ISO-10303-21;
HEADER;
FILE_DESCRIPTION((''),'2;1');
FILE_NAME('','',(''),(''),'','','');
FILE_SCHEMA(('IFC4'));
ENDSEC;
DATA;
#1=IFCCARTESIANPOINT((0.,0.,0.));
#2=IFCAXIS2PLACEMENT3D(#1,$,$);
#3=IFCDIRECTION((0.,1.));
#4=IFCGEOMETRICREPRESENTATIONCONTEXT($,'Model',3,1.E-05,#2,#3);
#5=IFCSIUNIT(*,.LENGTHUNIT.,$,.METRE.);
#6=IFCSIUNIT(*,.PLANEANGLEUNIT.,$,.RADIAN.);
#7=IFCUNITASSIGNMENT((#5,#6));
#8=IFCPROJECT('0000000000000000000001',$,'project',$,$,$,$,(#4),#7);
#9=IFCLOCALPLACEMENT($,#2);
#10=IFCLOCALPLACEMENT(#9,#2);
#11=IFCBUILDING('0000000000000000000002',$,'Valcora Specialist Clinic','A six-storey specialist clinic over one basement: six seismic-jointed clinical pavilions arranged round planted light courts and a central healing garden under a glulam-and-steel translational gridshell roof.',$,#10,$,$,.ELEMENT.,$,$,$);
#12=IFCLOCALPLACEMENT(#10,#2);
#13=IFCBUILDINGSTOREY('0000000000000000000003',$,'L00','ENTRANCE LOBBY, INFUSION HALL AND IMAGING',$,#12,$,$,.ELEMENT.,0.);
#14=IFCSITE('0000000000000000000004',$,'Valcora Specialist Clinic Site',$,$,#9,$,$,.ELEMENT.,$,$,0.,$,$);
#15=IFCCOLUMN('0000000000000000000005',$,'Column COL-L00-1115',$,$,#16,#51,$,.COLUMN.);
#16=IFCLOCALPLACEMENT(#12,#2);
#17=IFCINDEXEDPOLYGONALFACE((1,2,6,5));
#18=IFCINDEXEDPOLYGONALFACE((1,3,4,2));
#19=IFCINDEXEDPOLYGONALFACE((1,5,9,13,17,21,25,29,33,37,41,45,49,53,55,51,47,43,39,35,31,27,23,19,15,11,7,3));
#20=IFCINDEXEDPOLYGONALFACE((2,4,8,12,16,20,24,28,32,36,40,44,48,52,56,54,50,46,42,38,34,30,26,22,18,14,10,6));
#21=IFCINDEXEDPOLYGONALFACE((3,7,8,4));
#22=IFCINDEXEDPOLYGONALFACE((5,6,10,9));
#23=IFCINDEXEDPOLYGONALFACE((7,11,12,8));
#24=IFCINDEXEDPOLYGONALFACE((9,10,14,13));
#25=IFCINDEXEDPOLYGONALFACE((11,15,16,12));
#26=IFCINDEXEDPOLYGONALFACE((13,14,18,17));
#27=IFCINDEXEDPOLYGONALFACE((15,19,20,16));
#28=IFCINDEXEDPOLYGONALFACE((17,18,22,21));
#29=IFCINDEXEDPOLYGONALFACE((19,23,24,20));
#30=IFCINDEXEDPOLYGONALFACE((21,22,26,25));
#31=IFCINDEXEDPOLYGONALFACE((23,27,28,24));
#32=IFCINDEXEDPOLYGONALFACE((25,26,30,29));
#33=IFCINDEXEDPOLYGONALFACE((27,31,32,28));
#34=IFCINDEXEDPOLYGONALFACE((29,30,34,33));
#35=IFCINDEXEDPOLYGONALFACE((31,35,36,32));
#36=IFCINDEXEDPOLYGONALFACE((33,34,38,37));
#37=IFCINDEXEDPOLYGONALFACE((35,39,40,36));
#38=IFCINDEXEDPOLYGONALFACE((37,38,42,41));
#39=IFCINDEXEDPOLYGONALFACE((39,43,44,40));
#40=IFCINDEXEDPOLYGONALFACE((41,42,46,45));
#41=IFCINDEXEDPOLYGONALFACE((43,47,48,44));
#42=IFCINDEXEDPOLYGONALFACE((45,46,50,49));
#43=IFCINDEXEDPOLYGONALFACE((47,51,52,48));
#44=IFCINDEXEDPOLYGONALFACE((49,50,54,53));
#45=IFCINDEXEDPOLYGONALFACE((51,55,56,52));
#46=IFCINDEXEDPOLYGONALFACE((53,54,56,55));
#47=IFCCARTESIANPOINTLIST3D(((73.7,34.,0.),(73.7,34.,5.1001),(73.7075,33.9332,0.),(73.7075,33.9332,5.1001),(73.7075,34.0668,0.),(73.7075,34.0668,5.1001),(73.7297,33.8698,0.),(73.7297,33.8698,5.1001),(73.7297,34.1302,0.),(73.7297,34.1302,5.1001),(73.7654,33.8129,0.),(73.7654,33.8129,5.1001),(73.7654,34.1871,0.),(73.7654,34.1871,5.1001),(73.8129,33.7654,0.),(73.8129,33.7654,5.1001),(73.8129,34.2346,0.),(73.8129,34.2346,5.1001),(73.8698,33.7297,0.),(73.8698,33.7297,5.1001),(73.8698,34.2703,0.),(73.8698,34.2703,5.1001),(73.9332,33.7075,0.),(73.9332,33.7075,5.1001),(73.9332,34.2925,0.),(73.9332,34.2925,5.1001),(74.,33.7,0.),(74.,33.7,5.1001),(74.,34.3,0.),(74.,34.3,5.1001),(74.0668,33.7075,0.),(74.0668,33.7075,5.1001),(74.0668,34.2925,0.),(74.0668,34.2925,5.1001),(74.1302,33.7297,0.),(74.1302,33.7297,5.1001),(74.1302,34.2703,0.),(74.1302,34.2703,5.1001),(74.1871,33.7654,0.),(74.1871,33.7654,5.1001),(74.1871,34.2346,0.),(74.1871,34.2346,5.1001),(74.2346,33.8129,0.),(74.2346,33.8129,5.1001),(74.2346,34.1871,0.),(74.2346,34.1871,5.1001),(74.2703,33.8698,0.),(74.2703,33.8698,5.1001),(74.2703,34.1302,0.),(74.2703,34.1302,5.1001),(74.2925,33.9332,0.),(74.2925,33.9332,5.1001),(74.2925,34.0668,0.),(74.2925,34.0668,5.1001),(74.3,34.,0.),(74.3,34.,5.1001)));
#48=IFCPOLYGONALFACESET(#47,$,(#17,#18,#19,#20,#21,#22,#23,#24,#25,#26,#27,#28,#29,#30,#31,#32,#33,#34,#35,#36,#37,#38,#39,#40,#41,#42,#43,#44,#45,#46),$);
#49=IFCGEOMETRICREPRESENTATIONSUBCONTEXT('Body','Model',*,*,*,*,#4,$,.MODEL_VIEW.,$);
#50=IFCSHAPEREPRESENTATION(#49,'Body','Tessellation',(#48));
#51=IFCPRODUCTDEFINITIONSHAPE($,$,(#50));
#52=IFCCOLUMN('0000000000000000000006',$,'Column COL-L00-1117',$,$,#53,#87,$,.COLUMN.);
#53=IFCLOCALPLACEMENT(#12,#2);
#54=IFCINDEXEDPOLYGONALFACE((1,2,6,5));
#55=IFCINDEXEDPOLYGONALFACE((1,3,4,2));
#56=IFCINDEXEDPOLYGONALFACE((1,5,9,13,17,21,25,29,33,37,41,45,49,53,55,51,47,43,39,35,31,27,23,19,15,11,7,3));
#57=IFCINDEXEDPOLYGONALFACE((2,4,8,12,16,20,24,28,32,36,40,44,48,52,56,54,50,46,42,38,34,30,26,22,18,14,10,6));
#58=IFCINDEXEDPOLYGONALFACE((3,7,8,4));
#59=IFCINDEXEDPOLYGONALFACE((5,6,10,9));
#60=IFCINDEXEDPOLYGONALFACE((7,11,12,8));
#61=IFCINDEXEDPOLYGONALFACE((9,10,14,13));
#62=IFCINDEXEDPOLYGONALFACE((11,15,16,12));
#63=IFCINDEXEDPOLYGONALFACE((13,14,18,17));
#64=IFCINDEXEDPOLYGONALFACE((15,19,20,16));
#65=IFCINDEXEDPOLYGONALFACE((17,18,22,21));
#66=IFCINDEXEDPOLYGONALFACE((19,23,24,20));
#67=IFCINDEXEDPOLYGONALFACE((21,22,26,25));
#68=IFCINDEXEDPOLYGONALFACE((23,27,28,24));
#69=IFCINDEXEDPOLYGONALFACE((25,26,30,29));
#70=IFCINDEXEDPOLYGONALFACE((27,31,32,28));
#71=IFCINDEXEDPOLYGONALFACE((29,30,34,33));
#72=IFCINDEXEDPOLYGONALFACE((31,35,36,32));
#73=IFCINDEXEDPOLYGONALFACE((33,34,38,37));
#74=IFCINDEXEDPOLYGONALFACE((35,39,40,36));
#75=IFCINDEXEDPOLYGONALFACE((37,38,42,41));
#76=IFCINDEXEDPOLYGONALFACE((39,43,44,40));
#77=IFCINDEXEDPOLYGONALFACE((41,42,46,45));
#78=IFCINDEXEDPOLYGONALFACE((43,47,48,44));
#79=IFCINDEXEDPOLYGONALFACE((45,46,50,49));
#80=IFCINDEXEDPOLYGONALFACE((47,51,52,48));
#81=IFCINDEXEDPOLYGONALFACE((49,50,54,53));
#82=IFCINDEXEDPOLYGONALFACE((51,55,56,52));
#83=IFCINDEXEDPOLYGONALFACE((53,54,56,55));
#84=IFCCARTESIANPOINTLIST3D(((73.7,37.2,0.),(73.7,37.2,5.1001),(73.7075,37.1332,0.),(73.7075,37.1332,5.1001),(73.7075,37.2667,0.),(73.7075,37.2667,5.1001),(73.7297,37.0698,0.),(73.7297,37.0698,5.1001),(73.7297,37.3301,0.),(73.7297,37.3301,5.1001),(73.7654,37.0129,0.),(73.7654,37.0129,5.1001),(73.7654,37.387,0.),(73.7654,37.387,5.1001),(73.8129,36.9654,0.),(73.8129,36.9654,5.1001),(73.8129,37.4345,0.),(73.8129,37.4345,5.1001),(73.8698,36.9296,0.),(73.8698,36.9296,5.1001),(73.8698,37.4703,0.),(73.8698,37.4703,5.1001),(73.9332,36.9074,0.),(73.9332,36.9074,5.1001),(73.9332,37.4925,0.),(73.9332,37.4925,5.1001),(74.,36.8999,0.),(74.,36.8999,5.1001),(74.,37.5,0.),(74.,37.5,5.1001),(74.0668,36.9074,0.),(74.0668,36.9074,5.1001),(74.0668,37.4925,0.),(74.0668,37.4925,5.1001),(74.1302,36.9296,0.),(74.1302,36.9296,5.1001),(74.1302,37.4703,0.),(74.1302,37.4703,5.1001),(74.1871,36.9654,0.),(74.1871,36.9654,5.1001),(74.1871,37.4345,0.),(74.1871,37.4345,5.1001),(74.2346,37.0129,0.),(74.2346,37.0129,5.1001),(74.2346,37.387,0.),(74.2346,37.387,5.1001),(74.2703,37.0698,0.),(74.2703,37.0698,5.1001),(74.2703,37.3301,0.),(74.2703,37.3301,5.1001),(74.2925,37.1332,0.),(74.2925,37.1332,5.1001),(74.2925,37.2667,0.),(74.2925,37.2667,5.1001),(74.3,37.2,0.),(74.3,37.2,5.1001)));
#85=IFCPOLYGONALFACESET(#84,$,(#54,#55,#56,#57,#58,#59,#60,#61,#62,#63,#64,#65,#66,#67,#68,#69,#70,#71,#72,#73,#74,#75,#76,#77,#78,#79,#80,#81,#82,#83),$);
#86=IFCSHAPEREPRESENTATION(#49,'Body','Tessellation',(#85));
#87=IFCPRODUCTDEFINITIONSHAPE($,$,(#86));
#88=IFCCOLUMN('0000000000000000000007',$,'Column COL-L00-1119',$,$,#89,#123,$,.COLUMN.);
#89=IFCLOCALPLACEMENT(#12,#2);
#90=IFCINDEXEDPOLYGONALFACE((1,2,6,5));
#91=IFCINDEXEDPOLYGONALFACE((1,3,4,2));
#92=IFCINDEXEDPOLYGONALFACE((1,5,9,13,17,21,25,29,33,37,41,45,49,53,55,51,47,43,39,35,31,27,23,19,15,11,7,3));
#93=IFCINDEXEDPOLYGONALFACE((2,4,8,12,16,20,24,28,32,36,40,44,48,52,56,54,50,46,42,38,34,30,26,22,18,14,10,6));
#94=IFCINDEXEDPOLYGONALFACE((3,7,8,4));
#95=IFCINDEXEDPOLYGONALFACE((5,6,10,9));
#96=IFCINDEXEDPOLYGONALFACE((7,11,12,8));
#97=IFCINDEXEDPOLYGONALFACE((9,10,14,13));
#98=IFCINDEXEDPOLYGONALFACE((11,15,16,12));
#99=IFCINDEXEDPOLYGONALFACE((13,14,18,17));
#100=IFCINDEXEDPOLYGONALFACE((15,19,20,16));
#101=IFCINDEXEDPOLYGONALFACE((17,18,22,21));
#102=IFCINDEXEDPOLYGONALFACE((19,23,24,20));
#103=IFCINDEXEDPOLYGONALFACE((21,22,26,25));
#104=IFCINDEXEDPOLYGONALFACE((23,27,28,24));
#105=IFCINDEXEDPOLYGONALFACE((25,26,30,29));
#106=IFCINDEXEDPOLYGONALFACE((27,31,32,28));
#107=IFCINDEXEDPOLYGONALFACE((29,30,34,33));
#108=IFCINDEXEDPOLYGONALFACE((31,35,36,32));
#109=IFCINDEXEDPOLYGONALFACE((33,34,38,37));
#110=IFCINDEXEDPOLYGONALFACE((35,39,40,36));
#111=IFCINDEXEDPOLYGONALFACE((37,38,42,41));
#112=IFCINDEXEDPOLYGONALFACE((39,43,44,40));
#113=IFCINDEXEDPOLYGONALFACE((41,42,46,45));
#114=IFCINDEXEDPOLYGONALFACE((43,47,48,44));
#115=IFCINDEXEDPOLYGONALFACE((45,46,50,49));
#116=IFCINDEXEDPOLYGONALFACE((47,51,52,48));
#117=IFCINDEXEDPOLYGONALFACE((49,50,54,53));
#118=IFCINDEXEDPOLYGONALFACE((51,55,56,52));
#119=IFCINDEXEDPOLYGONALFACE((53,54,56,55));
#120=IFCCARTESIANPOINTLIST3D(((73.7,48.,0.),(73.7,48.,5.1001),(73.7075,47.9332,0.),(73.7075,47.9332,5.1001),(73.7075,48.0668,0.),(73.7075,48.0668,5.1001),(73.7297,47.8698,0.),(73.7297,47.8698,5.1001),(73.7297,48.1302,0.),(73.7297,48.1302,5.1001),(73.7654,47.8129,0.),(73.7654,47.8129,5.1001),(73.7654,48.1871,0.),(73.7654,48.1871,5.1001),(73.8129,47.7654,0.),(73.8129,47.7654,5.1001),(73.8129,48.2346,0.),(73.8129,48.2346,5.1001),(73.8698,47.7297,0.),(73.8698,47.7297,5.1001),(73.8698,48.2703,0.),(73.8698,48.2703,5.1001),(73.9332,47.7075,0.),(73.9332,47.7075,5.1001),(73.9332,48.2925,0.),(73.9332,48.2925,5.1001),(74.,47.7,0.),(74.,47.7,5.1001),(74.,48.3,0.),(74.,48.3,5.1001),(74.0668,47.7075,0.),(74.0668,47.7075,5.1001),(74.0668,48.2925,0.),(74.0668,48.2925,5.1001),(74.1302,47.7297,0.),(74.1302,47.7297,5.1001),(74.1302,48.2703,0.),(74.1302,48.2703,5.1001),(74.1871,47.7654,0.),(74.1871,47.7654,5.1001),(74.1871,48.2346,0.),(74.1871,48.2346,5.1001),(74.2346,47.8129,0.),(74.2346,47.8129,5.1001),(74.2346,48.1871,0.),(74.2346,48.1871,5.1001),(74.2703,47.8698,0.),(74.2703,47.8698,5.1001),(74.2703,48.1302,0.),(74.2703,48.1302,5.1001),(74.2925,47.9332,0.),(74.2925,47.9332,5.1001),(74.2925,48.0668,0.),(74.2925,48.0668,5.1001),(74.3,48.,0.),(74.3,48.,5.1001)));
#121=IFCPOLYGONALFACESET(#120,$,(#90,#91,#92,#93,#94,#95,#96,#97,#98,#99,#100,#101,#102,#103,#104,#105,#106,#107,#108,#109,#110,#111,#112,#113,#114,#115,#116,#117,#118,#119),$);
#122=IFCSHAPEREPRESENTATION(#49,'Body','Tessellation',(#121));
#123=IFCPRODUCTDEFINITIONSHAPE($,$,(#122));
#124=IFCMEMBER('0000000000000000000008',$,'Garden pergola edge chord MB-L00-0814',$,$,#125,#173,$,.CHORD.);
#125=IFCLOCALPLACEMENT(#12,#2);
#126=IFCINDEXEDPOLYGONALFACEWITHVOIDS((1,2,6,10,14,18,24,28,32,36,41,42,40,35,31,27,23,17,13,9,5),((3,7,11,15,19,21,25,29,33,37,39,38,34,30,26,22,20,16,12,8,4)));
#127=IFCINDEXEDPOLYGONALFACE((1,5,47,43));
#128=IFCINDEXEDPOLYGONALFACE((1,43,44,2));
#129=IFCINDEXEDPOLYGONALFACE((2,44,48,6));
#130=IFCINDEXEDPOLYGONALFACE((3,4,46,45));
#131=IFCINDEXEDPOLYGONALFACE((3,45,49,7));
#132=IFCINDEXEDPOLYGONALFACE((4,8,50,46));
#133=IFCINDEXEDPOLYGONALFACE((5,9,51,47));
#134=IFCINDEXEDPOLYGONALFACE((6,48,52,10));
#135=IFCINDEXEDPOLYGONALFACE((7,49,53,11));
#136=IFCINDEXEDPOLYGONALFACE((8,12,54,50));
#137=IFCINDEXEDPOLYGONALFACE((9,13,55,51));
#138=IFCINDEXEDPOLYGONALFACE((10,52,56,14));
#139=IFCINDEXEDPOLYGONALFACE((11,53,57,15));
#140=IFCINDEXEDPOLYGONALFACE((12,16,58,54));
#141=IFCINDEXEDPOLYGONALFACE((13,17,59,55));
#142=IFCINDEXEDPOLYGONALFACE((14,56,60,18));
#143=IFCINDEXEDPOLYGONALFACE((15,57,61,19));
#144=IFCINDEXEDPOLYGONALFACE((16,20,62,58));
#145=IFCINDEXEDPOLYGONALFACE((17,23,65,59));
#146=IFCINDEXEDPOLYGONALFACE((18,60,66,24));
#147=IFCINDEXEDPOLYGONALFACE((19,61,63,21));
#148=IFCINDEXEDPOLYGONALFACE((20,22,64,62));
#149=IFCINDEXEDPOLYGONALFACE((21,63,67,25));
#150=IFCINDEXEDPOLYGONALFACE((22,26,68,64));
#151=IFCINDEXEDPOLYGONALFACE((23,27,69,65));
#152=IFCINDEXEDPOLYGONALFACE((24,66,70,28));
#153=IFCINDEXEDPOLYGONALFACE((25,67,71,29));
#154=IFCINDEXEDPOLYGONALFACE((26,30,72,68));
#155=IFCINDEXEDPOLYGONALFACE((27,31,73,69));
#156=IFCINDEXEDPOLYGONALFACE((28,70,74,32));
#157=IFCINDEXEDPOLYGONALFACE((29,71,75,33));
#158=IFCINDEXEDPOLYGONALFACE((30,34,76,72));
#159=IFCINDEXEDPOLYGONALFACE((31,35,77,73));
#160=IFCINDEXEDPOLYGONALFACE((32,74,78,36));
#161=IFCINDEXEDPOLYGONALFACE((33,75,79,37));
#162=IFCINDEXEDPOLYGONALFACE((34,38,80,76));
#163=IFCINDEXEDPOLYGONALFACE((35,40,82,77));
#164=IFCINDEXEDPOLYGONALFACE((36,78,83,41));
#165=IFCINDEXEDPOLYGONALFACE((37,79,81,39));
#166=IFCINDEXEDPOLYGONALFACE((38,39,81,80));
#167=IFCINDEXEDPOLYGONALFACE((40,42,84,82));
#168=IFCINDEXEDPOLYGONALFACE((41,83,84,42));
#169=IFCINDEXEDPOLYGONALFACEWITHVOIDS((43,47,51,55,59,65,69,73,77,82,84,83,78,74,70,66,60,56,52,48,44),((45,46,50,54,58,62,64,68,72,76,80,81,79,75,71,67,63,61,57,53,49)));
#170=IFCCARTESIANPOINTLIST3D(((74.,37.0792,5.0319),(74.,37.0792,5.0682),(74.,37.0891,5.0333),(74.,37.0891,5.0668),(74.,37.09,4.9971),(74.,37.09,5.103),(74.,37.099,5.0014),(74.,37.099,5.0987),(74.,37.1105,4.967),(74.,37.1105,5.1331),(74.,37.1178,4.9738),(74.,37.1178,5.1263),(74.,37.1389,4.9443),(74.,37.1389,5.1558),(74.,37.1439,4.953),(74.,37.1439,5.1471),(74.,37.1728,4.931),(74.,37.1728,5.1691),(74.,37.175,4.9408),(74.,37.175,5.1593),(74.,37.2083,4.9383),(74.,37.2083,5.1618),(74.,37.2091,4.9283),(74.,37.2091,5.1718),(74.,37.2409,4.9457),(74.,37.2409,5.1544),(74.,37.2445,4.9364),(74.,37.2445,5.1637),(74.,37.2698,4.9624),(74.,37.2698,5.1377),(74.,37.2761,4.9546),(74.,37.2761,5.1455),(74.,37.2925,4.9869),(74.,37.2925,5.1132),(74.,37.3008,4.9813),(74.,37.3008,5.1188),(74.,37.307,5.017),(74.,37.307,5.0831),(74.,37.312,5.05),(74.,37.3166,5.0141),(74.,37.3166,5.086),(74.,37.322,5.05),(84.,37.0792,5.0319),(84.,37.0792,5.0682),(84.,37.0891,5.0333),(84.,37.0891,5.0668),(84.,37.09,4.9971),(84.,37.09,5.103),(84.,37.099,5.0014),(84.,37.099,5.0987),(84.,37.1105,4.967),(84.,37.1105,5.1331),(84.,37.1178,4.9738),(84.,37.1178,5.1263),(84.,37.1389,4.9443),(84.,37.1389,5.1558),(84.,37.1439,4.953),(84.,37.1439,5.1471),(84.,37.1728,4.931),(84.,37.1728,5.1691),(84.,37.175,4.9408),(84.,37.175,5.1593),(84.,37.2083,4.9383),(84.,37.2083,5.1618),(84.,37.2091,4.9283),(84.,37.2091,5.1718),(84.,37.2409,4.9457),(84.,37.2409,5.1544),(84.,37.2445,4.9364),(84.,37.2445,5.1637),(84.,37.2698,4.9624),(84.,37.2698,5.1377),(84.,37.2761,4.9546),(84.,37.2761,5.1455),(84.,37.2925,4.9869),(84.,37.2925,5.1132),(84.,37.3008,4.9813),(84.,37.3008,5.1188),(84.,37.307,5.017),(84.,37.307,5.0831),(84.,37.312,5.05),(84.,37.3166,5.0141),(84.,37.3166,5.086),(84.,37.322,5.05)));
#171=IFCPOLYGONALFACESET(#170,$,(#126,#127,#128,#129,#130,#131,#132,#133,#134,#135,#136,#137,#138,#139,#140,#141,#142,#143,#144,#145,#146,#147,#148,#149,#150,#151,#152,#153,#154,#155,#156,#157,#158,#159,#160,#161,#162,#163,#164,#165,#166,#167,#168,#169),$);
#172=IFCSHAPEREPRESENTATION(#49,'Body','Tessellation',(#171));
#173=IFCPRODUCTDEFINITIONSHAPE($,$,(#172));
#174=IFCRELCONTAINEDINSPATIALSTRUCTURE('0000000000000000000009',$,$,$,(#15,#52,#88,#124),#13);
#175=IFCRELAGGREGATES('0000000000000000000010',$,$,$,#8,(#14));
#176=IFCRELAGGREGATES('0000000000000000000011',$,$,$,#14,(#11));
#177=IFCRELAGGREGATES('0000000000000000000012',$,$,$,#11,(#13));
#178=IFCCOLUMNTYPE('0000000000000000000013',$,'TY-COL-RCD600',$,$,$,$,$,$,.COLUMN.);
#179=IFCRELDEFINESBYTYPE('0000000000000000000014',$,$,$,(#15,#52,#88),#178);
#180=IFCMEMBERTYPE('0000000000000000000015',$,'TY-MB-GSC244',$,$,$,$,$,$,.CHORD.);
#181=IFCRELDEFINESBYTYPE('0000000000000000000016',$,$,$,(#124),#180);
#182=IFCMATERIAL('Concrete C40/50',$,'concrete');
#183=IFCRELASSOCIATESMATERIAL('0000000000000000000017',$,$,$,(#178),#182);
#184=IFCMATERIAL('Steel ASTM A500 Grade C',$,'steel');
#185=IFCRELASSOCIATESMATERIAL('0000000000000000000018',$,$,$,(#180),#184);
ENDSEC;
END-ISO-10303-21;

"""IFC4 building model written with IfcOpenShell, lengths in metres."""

from ifc_helpers import new_model, si_unit, direction, frame, origin, origin_2d, place, context, subcontext, project, spatial, circle, hollow_circle, extrude, material, material_profile, profile_set, type_object, element, save


model = new_model("IFC4")

# Units and contexts
model_context = context("Model", 3, precision=1e-05, world=origin(), true_north=direction((0.0, 1.0)))
body_context = subcontext(model_context, "Body", "Model", "MODEL_VIEW")
ifc_project = project(units=[si_unit("LENGTHUNIT", "METRE"), si_unit("PLANEANGLEUNIT", "RADIAN")], contexts=[model_context])

# Site, building, storey
site_placement = place(None, origin())
site = spatial("IfcSite", under=ifc_project, at=site_placement, Name="Valcora Specialist Clinic Site", CompositionType="ELEMENT", RefElevation=0.0)
building_placement = place(site_placement, origin())
building = spatial("IfcBuilding", under=site, at=building_placement, Name="Valcora Specialist Clinic", Description="A six-storey specialist clinic over one basement: six seismic-jointed clinical pavilions arranged round planted light courts and a central healing garden under a glulam-and-steel translational gridshell roof.", CompositionType="ELEMENT")
storey_placement = place(building_placement, origin())
storey = spatial("IfcBuildingStorey", under=building, at=storey_placement, Name="L00", Description="ENTRANCE LOBBY, INFUSION HALL AND IMAGING", CompositionType="ELEMENT", Elevation=0.0)

# Columns
ifc_material_1 = material(Name="Steel ASTM A500 Grade C", Category="steel")
ifc_material_2 = material(Name="Concrete C40/50", Category="concrete")
ifc_material_profile_1 = material_profile(ifc_material_2, circle(Radius=0.3, at=origin_2d()), Name="RC-COL-D600")
ifc_profile_set_1 = profile_set([ifc_material_profile_1], Name="Concrete C40/50")
column_type_1 = type_object("IfcColumnType", Name="TY-COL-RCD600", PredefinedType="COLUMN", material=ifc_profile_set_1)
for number, where, z_axis, x_axis, name in (
    (1, (74.0, 34.0, 0.0), (0.0, 0.0, 1.0), (1.0, 0.0, 0.0), "Column COL-L00-1115"),
    (2, (74.0, 37.2, 0.0), (0.0, 0.0, 1.0), (1.0, 0.0, 0.0), "Column COL-L00-1117"),
    (3, (74.0, 48.0, 0.0), (0.0, 0.0, 1.0), (1.0, 0.0, 0.0), "Column COL-L00-1119"),
):
    element("IfcColumn", number, at=place(storey_placement, frame(where, z_axis=z_axis, x_axis=x_axis)), inside=storey, type_object=column_type_1, Name=name, PredefinedType="COLUMN", context=body_context, shape_type="SweptSolid", body=[
        extrude(circle(Radius=0.3, at=origin_2d()), origin(), (0.0, 0.0, 1.0), 5.1001),
    ])

# Member
ifc_material_profile_2 = material_profile(ifc_material_1, hollow_circle(Radius=0.1221, WallThickness=0.01, at=origin_2d()), Name="ST-CHS-244X10")
ifc_profile_set_2 = profile_set([ifc_material_profile_2], Name="Steel ASTM A500 Grade C")
member_type_1 = type_object("IfcMemberType", Name="TY-MB-GSC244", PredefinedType="CHORD", material=ifc_profile_set_2)
member_1_placement = place(storey_placement, frame((74.0, 37.2, 5.05), z_axis=(1.0, 0.0, 0.0), x_axis=(0.0, 1.0, 0.0)))
element("IfcMember", 4, at=member_1_placement, inside=storey, type_object=member_type_1, Name="Garden pergola edge chord MB-L00-0814", PredefinedType="CHORD", context=body_context, shape_type="SweptSolid", body=[
    extrude(hollow_circle(Radius=0.1221, WallThickness=0.01, at=origin_2d()), origin(), (0.0, 0.0, 1.0), 10.0),
])

save(model, "model.ifc")
